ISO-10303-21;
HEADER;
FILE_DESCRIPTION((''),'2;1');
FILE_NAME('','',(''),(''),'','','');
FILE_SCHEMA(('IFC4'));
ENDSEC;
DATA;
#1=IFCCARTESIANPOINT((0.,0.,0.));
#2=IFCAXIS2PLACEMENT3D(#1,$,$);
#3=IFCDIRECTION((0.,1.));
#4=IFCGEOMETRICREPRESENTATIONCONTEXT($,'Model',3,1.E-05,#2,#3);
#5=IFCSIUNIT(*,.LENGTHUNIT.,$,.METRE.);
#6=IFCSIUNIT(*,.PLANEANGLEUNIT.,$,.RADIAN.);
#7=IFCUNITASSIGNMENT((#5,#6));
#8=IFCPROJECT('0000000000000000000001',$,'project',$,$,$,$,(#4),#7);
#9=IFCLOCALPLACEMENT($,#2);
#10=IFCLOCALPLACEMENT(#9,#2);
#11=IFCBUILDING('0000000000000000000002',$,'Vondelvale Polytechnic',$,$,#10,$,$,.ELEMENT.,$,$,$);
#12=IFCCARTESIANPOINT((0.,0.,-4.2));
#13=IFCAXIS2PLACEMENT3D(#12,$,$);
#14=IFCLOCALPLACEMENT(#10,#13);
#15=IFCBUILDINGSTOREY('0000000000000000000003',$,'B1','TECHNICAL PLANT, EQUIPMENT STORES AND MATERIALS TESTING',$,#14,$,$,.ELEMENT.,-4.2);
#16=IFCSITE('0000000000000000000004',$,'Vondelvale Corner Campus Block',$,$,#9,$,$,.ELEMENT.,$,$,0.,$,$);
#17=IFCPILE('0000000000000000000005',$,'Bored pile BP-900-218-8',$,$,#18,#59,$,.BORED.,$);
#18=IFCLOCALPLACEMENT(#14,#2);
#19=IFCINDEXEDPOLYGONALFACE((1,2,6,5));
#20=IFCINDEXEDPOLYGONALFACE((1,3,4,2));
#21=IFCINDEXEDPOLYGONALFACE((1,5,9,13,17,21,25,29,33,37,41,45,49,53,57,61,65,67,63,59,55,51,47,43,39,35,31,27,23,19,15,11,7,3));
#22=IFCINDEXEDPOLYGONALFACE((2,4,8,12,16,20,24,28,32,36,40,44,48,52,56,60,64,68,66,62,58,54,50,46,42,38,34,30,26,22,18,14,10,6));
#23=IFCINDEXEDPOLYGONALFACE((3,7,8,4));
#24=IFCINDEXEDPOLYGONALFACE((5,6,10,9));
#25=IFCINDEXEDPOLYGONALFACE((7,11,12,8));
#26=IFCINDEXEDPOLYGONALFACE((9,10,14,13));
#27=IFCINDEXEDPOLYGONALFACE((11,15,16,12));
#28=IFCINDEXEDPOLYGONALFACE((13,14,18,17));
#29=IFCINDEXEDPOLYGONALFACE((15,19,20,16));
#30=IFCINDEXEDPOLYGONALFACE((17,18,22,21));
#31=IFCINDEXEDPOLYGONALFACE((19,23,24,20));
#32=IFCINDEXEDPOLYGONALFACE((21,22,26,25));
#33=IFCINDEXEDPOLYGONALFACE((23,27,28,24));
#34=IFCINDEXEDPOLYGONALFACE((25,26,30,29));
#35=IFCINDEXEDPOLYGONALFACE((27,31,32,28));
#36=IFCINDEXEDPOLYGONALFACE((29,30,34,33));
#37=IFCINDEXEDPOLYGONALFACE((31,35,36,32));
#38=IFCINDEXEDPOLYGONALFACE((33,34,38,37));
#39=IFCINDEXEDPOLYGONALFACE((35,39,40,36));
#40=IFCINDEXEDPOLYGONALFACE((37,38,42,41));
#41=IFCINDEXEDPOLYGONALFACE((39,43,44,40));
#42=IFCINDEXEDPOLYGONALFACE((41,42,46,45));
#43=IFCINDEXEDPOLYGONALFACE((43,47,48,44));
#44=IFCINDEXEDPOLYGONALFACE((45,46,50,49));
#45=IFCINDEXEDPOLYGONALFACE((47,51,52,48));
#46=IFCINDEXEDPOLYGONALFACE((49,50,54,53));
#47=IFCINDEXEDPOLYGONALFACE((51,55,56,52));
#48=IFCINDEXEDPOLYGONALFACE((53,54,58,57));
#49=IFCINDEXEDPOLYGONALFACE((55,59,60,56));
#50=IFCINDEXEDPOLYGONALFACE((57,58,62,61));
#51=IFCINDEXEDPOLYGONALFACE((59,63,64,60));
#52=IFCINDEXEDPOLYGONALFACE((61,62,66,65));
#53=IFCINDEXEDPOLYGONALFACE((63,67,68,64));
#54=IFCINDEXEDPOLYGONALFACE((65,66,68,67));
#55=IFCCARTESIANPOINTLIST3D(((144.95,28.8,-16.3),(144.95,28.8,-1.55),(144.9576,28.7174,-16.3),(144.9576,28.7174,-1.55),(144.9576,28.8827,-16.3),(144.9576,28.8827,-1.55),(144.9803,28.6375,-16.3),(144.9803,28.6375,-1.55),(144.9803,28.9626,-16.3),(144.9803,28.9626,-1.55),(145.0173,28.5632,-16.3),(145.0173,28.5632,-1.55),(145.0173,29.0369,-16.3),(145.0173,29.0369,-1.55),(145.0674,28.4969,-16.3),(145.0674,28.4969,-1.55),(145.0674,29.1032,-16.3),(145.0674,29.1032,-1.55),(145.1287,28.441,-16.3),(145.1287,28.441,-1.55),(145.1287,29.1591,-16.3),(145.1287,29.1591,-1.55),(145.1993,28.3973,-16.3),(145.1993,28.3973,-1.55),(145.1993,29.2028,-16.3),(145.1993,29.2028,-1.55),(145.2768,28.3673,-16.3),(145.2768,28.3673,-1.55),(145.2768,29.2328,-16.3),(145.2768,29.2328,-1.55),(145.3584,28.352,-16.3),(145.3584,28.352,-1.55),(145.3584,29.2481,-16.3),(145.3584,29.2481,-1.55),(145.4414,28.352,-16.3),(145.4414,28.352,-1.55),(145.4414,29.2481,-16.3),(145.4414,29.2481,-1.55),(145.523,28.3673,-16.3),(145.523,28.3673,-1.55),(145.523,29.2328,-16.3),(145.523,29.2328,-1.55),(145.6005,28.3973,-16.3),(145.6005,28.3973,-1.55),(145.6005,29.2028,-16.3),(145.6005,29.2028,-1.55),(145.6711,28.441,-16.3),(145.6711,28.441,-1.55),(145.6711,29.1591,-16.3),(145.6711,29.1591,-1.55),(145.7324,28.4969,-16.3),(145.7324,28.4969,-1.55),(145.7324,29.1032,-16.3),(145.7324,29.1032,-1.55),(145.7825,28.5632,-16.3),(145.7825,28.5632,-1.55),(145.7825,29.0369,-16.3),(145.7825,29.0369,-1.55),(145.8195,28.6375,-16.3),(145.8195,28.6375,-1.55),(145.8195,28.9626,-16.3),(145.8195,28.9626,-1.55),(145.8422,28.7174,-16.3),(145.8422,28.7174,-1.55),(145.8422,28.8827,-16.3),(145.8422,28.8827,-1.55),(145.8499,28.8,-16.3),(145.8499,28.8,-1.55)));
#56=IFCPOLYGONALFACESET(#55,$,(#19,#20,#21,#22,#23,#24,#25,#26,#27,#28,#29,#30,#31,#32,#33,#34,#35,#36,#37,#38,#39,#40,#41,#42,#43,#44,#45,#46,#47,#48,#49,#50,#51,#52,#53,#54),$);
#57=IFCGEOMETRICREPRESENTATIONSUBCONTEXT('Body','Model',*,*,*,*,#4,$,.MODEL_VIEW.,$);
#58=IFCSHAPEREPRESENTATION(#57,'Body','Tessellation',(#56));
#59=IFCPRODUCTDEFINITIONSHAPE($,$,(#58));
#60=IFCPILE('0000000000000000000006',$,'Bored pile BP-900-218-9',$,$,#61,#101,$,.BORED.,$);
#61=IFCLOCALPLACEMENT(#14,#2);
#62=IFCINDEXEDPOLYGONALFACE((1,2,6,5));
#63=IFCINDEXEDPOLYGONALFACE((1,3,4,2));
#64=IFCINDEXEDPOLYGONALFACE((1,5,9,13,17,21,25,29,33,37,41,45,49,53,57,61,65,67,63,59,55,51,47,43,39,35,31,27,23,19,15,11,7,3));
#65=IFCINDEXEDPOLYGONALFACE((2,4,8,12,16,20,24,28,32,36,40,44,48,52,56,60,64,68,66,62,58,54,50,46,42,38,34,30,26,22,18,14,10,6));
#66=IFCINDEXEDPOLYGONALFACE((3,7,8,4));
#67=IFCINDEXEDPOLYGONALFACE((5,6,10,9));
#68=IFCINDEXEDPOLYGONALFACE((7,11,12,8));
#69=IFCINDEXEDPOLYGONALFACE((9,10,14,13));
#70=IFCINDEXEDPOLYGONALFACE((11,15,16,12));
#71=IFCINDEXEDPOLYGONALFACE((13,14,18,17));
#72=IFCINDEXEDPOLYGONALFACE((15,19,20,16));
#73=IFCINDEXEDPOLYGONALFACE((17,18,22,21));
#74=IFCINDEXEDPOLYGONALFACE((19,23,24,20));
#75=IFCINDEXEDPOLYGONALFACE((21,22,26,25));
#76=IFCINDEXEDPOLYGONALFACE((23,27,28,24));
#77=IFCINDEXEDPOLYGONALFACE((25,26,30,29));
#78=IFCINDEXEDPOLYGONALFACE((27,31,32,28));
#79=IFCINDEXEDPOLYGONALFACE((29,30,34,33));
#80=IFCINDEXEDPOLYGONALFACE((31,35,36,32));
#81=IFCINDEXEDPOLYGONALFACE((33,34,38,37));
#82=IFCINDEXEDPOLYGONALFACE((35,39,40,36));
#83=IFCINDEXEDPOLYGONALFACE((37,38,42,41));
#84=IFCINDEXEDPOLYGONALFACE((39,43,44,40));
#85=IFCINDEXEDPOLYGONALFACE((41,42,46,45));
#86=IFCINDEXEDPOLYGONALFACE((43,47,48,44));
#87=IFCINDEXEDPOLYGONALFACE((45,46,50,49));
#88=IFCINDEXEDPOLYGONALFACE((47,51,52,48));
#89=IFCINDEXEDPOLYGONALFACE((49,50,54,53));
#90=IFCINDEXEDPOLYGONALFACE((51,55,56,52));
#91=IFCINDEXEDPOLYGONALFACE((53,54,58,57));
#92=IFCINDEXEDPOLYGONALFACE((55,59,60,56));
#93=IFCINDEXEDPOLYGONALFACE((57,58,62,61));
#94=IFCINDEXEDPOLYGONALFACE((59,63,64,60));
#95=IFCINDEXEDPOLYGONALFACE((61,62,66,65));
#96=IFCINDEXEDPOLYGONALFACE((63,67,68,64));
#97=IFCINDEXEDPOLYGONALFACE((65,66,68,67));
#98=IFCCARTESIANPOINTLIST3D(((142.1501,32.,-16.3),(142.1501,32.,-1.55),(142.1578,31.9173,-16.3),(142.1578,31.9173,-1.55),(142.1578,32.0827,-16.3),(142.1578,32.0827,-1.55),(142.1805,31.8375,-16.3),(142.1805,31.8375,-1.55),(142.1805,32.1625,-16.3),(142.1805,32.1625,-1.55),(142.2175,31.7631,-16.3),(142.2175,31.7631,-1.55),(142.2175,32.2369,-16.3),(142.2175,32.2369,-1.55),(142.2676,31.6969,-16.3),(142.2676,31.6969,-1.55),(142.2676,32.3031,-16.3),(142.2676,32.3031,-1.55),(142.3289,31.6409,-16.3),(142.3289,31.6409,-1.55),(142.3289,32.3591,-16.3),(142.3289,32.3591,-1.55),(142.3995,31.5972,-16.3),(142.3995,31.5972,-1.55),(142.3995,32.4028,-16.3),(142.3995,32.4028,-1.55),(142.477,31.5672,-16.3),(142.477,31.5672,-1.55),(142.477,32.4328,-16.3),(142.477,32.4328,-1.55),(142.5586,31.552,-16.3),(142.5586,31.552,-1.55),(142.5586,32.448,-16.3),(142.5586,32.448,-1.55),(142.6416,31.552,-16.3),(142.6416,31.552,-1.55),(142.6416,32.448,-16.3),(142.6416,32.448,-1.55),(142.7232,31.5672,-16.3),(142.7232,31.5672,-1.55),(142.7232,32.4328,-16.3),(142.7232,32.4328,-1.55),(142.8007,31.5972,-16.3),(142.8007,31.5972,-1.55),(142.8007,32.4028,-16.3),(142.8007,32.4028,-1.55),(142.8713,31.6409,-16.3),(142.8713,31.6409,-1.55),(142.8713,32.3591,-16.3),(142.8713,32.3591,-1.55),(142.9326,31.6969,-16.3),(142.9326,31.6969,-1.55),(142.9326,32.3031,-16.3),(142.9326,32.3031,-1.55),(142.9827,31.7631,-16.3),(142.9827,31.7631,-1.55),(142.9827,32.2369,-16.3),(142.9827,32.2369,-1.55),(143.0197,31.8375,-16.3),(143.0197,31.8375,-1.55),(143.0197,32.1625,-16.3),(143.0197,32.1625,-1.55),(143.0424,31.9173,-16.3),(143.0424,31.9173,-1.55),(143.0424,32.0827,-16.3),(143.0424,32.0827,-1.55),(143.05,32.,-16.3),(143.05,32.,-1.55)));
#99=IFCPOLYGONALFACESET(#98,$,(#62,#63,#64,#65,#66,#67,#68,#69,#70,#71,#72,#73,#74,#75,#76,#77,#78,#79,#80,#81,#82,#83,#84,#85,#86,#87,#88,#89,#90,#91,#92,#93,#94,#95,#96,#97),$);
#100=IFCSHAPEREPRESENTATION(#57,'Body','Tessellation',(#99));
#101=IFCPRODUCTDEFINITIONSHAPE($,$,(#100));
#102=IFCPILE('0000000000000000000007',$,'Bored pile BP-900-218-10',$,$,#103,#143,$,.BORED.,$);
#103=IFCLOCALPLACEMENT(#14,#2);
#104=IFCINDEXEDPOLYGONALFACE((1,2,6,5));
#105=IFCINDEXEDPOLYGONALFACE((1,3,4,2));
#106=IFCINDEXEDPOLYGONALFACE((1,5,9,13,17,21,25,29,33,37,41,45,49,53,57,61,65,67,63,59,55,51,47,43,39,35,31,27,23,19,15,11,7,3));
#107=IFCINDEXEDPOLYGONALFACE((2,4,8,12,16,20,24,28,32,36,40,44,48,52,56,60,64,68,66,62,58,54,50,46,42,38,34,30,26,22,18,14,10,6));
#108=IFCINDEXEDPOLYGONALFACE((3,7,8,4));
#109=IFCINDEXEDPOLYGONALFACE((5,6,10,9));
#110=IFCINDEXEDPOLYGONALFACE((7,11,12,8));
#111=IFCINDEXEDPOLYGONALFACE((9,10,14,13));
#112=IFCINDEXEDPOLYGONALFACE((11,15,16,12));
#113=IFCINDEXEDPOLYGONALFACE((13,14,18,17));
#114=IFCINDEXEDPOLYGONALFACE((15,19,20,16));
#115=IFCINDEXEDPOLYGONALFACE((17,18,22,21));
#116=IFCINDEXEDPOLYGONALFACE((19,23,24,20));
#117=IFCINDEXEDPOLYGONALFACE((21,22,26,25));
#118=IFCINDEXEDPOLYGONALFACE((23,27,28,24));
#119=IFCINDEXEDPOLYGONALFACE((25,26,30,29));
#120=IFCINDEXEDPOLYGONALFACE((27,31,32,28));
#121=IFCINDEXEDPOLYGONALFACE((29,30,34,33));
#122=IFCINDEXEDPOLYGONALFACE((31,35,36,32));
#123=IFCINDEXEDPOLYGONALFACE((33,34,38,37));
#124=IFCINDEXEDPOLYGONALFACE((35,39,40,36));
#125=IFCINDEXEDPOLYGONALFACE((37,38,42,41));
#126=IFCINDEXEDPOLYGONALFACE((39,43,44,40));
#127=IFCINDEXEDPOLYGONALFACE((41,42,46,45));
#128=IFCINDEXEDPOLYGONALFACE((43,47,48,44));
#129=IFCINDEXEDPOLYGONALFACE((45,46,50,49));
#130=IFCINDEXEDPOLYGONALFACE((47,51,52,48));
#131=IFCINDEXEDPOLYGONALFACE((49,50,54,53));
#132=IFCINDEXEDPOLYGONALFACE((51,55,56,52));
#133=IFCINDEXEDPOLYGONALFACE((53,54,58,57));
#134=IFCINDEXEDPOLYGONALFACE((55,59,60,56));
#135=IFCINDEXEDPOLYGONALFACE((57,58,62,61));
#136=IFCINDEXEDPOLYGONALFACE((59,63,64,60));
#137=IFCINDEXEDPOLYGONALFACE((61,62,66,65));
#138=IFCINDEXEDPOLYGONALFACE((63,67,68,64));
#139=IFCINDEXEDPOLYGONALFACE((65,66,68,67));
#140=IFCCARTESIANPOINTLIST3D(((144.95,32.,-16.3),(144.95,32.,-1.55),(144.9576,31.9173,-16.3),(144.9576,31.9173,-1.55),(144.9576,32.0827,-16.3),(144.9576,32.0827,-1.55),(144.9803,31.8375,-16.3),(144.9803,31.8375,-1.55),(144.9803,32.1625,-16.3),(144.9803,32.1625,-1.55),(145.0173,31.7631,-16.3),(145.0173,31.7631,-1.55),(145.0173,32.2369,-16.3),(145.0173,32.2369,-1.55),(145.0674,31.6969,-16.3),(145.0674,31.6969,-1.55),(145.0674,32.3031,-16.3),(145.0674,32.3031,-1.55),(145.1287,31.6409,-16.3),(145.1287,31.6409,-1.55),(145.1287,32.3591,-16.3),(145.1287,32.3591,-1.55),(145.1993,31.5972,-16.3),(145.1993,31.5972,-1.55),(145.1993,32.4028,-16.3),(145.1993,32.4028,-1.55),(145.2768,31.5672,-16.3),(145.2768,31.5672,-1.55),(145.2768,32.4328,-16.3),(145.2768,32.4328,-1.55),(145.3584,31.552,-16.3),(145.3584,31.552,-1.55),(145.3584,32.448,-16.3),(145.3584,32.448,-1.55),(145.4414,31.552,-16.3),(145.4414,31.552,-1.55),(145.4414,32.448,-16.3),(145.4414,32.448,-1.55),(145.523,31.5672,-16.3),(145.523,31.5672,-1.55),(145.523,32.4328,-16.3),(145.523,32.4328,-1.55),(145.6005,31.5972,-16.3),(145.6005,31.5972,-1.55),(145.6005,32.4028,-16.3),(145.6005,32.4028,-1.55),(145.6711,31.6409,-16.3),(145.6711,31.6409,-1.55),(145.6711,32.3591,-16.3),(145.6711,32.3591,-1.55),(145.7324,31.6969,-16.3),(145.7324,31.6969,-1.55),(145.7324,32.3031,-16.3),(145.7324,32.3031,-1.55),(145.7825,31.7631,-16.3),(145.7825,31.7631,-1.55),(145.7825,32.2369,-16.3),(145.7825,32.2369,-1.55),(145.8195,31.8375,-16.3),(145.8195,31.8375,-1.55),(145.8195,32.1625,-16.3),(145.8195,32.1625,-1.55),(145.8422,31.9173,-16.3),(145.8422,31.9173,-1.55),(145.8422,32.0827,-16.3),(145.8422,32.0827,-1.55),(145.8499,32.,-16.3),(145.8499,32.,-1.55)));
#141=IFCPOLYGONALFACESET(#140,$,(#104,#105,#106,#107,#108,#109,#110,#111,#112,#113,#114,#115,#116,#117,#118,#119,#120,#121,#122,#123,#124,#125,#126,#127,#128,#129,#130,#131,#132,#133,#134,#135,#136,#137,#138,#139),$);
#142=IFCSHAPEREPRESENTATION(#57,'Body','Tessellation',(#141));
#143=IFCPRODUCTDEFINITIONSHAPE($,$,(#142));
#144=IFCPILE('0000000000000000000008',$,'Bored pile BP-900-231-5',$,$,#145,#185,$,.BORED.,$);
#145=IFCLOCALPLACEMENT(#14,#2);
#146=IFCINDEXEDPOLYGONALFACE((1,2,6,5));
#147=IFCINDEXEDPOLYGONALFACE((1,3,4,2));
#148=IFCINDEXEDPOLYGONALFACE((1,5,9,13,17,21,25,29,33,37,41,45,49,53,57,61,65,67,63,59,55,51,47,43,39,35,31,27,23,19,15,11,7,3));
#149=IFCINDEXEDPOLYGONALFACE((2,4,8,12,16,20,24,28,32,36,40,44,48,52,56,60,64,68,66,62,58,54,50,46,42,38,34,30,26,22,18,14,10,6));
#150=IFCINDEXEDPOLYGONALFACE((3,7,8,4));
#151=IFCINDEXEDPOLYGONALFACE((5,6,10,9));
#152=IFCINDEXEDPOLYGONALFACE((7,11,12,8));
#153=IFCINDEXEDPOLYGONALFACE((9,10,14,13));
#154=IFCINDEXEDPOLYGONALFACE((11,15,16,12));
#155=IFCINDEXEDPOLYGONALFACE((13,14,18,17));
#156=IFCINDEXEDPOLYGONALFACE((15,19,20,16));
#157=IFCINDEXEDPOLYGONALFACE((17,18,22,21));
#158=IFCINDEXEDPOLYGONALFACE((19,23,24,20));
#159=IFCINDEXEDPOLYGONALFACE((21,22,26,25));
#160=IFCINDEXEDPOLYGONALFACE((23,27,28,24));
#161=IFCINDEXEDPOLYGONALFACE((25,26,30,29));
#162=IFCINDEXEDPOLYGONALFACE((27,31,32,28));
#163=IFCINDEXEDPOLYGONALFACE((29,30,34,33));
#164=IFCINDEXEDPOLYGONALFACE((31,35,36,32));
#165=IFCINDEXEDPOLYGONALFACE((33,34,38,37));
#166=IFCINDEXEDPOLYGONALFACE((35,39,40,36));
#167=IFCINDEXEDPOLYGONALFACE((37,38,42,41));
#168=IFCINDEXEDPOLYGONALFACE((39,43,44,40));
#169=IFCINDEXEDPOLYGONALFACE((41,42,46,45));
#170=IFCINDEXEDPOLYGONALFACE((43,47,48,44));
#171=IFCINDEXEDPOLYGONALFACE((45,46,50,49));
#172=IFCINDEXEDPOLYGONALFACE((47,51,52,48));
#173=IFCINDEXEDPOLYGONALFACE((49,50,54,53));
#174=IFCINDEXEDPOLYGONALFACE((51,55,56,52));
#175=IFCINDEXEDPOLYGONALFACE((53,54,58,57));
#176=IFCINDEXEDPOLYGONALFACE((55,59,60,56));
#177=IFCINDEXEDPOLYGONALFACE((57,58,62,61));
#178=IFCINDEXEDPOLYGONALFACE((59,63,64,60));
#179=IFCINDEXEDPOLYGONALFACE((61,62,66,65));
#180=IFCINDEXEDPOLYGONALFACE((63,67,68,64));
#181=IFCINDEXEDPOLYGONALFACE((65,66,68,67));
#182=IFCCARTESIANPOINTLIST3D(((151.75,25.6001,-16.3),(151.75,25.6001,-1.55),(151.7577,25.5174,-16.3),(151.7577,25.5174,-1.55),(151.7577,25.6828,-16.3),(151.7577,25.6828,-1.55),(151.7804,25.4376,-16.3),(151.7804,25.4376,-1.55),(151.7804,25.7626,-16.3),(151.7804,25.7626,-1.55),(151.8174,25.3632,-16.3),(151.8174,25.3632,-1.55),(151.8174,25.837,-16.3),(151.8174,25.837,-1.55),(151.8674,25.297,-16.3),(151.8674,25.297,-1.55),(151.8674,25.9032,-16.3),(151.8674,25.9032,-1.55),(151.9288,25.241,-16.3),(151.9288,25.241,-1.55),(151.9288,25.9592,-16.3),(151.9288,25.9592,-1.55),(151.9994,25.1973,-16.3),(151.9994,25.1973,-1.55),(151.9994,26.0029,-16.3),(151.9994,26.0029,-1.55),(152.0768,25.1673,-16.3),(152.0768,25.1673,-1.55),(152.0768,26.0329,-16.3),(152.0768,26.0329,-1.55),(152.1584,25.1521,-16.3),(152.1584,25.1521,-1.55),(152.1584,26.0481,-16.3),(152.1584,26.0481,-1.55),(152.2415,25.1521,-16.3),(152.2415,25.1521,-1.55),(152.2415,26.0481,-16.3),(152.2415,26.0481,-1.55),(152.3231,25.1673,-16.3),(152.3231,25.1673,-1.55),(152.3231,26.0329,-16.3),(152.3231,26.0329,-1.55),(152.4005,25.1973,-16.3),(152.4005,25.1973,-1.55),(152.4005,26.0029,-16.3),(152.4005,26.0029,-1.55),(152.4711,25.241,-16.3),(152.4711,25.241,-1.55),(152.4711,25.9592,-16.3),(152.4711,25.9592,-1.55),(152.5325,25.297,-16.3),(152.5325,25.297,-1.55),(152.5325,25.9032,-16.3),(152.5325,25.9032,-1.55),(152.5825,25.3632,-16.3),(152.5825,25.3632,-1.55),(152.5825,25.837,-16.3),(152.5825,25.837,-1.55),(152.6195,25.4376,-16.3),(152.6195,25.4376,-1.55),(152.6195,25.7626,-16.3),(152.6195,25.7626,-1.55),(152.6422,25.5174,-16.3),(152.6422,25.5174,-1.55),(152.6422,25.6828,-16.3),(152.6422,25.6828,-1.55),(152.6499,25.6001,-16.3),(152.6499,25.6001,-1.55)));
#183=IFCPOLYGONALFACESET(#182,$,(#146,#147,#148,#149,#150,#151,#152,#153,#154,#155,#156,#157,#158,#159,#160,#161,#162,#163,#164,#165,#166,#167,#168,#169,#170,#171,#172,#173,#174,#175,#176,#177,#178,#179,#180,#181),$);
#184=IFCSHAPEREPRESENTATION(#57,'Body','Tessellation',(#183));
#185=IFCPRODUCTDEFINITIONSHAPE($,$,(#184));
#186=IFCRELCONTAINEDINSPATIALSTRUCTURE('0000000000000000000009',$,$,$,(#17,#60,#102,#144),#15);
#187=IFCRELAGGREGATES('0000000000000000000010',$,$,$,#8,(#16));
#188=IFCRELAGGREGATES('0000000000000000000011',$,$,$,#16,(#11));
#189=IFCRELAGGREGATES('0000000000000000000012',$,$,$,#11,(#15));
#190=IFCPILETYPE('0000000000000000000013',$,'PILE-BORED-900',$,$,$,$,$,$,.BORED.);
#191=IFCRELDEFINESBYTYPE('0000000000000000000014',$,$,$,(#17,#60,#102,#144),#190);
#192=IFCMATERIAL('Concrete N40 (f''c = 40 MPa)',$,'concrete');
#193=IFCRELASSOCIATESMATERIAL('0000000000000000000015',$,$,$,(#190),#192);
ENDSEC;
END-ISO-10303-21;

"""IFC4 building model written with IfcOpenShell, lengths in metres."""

from ifc_helpers import new_model, si_unit, direction, frame, origin, origin_2d, place, context, subcontext, project, spatial, circle, extrude, material, material_profile, profile_set, type_object, element, save


model = new_model("IFC4")

# Units and contexts
model_context = context("Model", 3, precision=1e-05, world=origin(), true_north=direction((0.0, 1.0)))
body_context = subcontext(model_context, "Body", "Model", "MODEL_VIEW")
ifc_project = project(units=[si_unit("LENGTHUNIT", "METRE"), si_unit("PLANEANGLEUNIT", "RADIAN")], contexts=[model_context])

# Site, building, storey
site_placement = place(None, origin())
site = spatial("IfcSite", under=ifc_project, at=site_placement, Name="Vondelvale Corner Campus Block", CompositionType="ELEMENT", RefElevation=0.0)
building_placement = place(site_placement, origin())
building = spatial("IfcBuilding", under=site, at=building_placement, Name="Vondelvale Polytechnic", CompositionType="ELEMENT")
storey_placement = place(building_placement, frame((0.0, 0.0, -4.2)))
storey = spatial("IfcBuildingStorey", under=building, at=storey_placement, Name="B1", Description="TECHNICAL PLANT, EQUIPMENT STORES AND MATERIALS TESTING", CompositionType="ELEMENT", Elevation=-4.2)

# Shared definitions
ifc_material_1 = material(Name="Concrete N40 (f'c = 40 MPa)", Category="concrete")

# Piles
ifc_material_profile_1 = material_profile(ifc_material_1, circle(Radius=0.45, at=origin_2d()), Name="PILE-D900")
ifc_profile_set_1 = profile_set([ifc_material_profile_1], Name="Concrete N40 (f'c = 40 MPa)")
pile_type_1 = type_object("IfcPileType", Name="PILE-BORED-900", PredefinedType="BORED", material=ifc_profile_set_1)
for number, where, z_axis, x_axis, name in (
    (1, (145.3999, 28.8, -1.55), (0.0, 0.0, -1.0), (1.0, 0.0, 0.0), "Bored pile BP-900-218-8"),
    (2, (142.6001, 32.0, -1.55), (0.0, 0.0, -1.0), (1.0, 0.0, 0.0), "Bored pile BP-900-218-9"),
    (3, (145.3999, 32.0, -1.55), (0.0, 0.0, -1.0), (1.0, 0.0, 0.0), "Bored pile BP-900-218-10"),
    (4, (152.2, 25.6001, -1.55), (0.0, 0.0, -1.0), (1.0, 0.0, 0.0), "Bored pile BP-900-231-5"),
):
    element("IfcPile", number, at=place(storey_placement, frame(where, z_axis=z_axis, x_axis=x_axis)), inside=storey, type_object=pile_type_1, Name=name, PredefinedType="BORED", context=body_context, shape_type="SweptSolid", body=[
        extrude(circle(Radius=0.45, at=origin_2d()), origin(), (0.0, 0.0, 1.0), 14.75),
    ])

save(model, "model.ifc")
